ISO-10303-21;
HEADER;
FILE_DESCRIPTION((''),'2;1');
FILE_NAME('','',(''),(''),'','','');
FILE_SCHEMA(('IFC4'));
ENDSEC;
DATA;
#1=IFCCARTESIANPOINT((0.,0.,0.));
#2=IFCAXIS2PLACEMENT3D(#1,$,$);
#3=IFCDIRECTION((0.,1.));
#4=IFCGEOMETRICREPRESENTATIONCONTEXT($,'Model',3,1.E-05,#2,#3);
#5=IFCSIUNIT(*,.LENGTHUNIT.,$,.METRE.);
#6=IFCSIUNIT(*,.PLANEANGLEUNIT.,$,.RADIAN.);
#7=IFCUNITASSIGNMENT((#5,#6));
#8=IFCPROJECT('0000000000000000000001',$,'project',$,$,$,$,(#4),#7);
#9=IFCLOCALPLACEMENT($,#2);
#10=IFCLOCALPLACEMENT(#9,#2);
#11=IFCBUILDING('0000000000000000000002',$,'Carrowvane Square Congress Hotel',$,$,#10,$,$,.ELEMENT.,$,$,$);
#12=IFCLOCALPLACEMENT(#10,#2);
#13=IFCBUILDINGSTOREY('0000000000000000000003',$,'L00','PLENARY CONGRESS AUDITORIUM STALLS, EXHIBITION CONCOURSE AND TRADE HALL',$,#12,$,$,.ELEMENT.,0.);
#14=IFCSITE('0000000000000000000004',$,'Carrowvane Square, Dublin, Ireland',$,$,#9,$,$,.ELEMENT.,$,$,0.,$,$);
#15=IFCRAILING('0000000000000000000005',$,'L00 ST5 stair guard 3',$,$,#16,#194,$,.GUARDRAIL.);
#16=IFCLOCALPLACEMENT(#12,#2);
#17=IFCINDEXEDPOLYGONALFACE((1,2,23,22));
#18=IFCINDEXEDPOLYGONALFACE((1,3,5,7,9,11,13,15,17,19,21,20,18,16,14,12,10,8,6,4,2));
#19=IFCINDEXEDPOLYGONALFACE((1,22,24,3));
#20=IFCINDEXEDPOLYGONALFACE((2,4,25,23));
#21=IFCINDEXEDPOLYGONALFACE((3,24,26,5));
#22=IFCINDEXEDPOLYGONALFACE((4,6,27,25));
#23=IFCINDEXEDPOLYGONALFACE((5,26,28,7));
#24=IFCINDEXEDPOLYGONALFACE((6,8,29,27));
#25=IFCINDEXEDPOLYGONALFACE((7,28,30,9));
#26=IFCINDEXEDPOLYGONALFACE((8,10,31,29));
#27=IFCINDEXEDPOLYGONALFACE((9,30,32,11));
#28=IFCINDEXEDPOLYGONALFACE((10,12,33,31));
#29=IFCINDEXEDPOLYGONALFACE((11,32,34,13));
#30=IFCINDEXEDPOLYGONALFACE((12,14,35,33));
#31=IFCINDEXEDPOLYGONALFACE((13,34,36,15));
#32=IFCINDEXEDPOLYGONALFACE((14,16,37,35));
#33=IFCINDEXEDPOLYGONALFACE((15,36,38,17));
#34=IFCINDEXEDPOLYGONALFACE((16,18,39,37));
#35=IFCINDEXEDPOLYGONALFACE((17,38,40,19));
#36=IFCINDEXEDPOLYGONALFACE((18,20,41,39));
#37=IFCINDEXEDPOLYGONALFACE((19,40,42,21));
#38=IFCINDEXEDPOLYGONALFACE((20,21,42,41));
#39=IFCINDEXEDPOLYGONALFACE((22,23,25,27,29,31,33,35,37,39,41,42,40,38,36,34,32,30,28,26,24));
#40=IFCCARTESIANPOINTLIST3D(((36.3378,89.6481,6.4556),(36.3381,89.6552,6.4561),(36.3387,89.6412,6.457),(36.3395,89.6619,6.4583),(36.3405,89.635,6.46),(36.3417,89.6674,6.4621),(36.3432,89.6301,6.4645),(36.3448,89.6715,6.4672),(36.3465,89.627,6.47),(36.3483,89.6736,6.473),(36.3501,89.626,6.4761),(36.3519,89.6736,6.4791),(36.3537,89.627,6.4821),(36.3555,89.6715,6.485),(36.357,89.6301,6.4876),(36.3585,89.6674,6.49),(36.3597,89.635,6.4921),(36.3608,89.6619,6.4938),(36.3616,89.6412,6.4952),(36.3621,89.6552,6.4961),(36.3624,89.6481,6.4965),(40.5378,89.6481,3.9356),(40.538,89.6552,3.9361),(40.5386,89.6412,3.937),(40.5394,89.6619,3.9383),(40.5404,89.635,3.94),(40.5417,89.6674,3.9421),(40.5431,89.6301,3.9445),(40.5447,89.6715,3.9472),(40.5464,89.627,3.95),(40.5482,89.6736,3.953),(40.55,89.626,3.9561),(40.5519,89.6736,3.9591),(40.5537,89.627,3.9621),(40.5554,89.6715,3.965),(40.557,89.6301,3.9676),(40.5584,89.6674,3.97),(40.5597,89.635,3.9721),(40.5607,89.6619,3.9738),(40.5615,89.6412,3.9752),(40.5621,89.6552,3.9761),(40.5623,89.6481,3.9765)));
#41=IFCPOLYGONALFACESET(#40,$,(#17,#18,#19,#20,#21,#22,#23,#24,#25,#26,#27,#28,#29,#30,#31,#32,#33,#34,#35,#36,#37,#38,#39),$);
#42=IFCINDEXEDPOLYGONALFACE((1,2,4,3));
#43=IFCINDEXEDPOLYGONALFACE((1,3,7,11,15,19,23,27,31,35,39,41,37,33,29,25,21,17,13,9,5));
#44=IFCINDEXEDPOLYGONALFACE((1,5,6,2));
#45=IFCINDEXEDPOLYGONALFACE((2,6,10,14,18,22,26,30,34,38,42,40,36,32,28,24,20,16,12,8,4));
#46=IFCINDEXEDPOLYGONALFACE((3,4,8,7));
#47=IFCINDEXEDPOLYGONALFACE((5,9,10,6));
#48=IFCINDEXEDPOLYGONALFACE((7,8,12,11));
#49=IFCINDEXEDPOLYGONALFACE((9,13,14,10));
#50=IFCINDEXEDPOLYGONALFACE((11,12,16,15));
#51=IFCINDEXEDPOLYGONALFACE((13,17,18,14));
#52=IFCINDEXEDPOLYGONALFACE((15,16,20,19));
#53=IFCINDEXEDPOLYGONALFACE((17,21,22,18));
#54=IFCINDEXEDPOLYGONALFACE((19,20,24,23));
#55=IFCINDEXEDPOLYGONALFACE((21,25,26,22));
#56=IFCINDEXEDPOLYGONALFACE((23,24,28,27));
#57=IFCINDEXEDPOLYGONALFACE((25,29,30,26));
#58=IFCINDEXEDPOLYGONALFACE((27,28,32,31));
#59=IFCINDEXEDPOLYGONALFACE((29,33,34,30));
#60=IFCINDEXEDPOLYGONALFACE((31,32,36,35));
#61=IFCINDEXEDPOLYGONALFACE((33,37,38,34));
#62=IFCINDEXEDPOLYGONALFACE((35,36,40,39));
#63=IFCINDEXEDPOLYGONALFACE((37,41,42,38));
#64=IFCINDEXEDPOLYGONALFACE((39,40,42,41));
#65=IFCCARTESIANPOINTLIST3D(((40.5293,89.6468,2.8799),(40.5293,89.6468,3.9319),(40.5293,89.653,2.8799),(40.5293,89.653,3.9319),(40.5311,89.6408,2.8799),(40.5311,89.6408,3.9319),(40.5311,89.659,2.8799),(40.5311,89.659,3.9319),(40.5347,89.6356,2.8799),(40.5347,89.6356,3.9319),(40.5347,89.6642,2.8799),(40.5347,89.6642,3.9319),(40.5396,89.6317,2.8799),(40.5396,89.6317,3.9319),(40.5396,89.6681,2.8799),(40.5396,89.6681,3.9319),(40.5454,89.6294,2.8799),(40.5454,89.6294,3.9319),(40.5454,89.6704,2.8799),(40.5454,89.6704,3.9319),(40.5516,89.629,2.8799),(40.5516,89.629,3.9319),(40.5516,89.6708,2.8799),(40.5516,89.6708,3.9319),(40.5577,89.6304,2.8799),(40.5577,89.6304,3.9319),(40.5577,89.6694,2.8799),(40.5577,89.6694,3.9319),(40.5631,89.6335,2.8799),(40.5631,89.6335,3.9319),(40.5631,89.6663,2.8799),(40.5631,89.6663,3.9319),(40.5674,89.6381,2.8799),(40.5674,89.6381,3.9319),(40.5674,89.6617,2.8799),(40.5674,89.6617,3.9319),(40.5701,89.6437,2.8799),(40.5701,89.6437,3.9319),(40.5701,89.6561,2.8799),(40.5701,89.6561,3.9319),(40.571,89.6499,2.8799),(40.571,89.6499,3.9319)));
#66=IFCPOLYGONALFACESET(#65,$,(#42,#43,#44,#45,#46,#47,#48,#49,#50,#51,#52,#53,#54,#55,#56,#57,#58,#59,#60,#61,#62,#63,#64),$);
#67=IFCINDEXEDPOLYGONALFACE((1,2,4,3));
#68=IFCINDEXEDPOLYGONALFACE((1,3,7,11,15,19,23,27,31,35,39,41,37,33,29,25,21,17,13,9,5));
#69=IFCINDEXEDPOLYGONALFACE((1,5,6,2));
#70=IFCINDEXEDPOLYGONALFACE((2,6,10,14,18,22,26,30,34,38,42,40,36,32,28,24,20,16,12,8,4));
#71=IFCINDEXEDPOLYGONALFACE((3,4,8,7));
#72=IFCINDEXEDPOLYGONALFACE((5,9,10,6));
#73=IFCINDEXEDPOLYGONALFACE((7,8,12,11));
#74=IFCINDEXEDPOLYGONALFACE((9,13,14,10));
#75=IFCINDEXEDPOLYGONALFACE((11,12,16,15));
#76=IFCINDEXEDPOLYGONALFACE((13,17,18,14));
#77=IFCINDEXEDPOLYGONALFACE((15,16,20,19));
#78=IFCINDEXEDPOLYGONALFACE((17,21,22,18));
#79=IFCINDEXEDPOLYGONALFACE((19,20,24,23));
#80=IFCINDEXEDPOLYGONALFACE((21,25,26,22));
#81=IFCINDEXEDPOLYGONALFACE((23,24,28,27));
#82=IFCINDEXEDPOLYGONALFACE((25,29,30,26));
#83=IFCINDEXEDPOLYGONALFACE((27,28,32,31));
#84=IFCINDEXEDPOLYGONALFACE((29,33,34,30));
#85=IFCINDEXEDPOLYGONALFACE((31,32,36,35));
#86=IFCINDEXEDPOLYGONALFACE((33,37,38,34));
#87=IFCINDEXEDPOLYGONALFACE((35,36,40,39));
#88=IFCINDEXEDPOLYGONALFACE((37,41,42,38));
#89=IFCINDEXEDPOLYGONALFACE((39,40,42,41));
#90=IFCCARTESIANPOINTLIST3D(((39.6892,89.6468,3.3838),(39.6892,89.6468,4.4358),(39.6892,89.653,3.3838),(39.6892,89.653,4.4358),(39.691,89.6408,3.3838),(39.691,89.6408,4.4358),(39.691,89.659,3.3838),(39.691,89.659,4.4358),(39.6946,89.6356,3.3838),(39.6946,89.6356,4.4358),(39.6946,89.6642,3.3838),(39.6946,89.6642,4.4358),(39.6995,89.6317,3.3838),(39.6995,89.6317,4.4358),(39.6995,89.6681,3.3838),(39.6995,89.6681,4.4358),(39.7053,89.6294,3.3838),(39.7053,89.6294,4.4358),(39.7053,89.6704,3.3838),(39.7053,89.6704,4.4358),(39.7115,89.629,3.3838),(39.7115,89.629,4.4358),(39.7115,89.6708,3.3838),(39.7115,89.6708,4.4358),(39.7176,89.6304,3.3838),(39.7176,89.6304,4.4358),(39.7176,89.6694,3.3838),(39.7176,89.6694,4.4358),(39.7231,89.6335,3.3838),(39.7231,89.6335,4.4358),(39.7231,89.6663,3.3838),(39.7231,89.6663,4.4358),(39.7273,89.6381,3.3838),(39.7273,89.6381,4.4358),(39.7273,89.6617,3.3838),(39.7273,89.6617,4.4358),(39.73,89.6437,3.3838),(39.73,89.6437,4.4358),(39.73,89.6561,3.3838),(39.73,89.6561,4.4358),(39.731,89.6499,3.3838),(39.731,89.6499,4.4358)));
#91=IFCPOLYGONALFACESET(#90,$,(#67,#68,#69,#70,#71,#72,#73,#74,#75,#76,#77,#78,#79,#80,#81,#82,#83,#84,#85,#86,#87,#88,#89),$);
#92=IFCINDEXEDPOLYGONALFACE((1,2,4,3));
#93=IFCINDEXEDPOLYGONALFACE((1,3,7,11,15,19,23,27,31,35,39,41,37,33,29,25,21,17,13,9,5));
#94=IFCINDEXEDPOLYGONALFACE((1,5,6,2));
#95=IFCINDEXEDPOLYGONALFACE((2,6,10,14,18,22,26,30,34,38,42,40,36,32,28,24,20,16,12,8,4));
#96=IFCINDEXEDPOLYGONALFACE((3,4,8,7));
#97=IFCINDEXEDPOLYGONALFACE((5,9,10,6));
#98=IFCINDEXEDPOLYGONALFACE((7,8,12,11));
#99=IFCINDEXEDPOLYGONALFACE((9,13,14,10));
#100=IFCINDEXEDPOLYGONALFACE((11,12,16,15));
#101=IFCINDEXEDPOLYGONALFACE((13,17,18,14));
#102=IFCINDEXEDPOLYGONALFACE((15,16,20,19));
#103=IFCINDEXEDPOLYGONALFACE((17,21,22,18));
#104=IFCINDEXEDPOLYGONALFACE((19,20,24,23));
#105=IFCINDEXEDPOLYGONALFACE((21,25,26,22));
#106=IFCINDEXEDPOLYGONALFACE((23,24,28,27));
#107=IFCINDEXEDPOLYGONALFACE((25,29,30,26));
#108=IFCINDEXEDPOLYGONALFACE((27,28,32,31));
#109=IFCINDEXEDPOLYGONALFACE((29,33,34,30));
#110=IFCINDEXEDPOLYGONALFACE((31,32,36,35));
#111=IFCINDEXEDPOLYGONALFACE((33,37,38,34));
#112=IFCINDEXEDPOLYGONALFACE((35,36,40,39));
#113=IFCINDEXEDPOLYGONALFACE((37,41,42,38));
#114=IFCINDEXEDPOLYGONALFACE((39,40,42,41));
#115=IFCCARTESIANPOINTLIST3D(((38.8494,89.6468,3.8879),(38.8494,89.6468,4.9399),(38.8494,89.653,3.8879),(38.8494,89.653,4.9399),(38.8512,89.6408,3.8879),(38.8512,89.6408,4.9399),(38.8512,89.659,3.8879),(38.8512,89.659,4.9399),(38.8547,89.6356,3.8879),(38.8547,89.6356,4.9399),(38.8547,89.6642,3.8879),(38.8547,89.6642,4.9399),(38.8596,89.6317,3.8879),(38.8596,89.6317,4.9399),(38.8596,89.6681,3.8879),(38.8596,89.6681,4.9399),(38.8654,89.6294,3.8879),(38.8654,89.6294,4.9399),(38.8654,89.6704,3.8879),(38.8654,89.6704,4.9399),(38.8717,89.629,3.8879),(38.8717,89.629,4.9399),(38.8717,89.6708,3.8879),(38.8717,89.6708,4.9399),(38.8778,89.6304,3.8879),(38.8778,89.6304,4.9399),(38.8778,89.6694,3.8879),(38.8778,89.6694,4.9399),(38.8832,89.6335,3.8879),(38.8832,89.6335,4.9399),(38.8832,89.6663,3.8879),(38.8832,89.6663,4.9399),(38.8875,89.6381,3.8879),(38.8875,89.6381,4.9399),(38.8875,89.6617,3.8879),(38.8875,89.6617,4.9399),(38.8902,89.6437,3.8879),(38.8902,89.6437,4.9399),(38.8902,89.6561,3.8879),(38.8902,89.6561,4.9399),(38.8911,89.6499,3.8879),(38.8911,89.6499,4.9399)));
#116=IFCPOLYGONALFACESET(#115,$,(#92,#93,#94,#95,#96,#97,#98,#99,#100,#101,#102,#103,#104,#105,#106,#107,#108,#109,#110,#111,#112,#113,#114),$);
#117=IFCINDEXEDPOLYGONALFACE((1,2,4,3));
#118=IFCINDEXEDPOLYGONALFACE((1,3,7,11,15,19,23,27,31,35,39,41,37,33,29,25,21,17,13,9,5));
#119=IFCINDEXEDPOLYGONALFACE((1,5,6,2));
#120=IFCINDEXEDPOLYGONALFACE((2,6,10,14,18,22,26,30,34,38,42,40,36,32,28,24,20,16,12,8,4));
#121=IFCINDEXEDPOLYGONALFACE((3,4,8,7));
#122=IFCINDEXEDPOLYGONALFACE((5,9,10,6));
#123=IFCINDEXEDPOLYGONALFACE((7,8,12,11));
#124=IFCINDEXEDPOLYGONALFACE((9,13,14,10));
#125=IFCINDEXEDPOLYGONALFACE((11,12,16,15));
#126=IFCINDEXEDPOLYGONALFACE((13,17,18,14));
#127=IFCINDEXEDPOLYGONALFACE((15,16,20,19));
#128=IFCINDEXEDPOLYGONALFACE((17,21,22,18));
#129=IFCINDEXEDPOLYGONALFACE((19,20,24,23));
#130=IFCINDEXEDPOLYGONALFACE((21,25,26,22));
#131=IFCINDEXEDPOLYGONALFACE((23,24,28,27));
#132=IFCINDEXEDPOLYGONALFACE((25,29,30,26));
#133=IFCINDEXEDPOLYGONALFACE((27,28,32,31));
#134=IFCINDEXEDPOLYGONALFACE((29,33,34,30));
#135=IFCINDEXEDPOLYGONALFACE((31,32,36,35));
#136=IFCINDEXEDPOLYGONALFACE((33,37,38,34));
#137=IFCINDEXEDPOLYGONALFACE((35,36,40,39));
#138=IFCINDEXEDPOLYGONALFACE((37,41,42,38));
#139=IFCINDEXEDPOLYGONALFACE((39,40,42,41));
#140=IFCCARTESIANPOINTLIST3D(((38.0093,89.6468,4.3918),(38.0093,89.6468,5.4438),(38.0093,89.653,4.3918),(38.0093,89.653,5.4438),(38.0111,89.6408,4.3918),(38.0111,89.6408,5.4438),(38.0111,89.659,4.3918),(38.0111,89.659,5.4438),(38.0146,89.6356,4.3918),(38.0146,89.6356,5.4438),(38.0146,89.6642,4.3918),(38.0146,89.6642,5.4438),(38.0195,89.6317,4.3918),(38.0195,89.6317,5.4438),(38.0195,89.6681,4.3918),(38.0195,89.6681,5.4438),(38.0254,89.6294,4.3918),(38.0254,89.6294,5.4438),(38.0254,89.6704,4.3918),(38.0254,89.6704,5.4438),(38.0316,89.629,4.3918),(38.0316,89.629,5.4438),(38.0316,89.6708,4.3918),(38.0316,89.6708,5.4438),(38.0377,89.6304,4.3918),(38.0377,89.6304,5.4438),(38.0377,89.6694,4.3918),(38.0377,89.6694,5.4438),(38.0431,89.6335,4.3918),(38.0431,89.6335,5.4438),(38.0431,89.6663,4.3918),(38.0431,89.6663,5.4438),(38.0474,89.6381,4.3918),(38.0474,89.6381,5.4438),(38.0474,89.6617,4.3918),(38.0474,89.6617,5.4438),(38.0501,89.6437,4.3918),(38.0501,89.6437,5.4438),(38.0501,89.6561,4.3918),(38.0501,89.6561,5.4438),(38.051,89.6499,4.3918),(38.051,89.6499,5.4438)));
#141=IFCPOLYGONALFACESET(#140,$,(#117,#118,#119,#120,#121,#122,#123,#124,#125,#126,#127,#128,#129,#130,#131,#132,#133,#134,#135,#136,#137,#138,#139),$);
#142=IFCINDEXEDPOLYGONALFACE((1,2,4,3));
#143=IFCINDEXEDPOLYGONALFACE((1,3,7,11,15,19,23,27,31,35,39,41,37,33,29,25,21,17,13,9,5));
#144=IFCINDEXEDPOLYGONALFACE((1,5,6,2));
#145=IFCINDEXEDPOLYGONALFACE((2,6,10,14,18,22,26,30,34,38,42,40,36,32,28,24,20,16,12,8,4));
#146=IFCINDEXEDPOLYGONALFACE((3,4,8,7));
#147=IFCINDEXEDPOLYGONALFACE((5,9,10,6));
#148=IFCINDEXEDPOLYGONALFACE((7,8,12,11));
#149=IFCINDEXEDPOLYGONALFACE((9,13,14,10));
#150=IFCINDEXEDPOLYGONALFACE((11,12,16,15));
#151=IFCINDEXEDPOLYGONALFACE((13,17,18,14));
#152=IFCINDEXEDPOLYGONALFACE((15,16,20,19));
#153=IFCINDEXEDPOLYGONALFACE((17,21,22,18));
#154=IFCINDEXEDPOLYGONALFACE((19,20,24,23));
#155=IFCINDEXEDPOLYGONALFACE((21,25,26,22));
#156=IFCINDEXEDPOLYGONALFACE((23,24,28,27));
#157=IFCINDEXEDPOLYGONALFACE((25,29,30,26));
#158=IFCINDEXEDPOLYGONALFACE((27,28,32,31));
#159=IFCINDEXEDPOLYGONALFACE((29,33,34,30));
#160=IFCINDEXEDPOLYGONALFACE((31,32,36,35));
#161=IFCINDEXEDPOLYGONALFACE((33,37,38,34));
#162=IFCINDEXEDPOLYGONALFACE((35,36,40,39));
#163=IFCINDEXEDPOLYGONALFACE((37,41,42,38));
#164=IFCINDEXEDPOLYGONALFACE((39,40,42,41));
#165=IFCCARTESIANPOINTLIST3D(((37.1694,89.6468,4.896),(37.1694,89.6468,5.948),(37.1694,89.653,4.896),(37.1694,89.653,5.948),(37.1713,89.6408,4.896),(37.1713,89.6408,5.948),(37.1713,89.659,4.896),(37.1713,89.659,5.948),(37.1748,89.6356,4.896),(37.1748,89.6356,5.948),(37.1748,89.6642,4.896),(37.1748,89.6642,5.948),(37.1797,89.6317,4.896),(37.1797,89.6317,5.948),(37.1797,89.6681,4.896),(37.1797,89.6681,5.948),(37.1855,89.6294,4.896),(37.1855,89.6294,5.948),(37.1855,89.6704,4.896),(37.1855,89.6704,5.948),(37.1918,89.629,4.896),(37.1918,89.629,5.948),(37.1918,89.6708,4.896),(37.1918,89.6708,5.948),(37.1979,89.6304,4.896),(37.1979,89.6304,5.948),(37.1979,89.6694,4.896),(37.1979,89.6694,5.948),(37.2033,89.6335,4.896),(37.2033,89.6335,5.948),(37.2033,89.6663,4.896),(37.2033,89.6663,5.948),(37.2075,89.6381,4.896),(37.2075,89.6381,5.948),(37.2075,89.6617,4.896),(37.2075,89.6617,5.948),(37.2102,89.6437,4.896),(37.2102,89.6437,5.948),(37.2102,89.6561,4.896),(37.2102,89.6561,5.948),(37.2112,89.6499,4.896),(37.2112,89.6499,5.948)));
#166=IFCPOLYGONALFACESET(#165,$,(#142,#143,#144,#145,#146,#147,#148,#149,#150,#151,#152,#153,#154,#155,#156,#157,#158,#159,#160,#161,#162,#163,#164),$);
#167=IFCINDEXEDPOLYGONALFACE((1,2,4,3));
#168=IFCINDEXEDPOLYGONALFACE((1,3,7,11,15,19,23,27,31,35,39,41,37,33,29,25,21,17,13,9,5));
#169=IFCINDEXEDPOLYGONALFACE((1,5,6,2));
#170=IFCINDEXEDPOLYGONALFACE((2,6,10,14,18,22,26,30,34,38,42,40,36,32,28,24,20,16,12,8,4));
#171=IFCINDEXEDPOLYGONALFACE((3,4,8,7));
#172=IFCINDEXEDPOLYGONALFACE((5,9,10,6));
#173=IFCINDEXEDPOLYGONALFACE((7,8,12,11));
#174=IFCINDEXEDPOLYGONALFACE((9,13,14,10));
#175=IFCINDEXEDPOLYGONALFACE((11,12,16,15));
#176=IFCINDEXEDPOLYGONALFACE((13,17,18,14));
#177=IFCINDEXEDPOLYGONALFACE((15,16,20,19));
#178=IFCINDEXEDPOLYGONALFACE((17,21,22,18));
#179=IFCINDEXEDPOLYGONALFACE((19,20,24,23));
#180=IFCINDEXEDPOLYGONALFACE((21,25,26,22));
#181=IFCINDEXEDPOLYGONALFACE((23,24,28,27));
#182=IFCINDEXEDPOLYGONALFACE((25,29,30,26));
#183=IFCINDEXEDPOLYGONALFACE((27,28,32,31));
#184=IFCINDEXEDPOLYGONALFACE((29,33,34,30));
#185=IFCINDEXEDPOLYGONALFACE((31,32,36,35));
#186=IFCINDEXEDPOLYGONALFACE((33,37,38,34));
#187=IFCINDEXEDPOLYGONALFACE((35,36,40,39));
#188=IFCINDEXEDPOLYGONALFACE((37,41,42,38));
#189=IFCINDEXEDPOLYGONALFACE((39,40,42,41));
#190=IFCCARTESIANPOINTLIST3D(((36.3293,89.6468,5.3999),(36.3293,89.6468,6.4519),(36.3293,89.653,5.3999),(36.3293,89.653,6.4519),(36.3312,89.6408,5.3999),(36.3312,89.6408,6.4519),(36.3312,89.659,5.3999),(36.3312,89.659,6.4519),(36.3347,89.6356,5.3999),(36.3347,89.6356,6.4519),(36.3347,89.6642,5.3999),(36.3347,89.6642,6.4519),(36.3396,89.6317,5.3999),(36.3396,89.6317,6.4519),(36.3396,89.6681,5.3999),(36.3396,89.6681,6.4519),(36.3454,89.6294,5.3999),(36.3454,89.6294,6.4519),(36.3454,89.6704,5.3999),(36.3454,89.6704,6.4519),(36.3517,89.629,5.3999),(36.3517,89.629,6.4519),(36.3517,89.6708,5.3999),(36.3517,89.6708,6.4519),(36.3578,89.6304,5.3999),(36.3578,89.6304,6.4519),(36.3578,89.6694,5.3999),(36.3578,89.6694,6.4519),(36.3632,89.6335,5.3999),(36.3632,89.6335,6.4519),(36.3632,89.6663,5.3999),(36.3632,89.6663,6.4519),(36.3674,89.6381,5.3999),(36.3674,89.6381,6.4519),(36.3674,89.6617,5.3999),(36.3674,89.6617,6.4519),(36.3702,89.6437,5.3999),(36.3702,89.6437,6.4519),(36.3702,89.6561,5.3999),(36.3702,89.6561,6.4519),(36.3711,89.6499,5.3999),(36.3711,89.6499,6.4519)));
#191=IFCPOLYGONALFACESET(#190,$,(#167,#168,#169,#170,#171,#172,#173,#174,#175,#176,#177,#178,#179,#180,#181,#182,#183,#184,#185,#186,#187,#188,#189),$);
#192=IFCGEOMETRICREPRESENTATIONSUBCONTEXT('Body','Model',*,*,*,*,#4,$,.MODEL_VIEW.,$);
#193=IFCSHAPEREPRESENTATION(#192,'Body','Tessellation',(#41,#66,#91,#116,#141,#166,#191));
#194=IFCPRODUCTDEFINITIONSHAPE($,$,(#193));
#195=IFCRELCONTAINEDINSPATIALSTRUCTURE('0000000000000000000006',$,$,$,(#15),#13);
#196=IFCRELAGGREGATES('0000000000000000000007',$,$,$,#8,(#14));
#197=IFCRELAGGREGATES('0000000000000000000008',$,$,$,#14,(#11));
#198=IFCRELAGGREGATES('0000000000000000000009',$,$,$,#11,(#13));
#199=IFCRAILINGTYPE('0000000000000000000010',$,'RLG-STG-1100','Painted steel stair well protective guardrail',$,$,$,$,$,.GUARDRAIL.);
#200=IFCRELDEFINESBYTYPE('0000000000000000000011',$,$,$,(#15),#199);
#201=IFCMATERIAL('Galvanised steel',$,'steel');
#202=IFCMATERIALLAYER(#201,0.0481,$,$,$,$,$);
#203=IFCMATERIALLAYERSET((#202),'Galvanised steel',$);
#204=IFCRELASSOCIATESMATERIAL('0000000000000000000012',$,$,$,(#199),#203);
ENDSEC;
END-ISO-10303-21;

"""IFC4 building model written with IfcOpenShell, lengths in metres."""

from ifc_helpers import new_model, si_unit, direction, frame, origin, origin_2d, place, context, subcontext, project, spatial, circle, extrude, material, layer, layer_set, type_object, element, save


model = new_model("IFC4")

# Units and contexts
model_context = context("Model", 3, precision=1e-05, world=origin(), true_north=direction((0.0, 1.0)))
body_context = subcontext(model_context, "Body", "Model", "MODEL_VIEW")
ifc_project = project(units=[si_unit("LENGTHUNIT", "METRE"), si_unit("PLANEANGLEUNIT", "RADIAN")], contexts=[model_context])

# Site, building, storey
site_placement = place(None, origin())
site = spatial("IfcSite", under=ifc_project, at=site_placement, Name="Carrowvane Square, Dublin, Ireland", CompositionType="ELEMENT", RefElevation=0.0)
building_placement = place(site_placement, origin())
building = spatial("IfcBuilding", under=site, at=building_placement, Name="Carrowvane Square Congress Hotel", CompositionType="ELEMENT")
storey_placement = place(building_placement, origin())
storey = spatial("IfcBuildingStorey", under=building, at=storey_placement, Name="L00", Description="PLENARY CONGRESS AUDITORIUM STALLS, EXHIBITION CONCOURSE AND TRADE HALL", CompositionType="ELEMENT", Elevation=0.0)

# Railing
ifc_material_1 = material(Name="Galvanised steel", Category="steel")
ifc_layer_1 = layer(ifc_material_1, 0.0481)
ifc_layer_set_1 = layer_set([ifc_layer_1], Name="Galvanised steel")
railing_type_1 = type_object("IfcRailingType", Name="RLG-STG-1100", Description="Painted steel stair well protective guardrail", PredefinedType="GUARDRAIL", material=ifc_layer_set_1)
railing_1_placement = place(storey_placement, frame((40.55, 89.6499, 2.8799)))
element("IfcRailing", 1, at=railing_1_placement, inside=storey, type_object=railing_type_1, Name="L00 ST5 stair guard 3", PredefinedType="GUARDRAIL", context=body_context, shape_type="SweptSolid", body=[
    extrude(circle(Radius=0.0239, at=origin_2d()), frame((0.0, 0.0, 1.0762), z_axis=(-0.857489, 0.0, 0.514503), x_axis=(0.0, -1.0, 0.0)), (0.0, 0.0, 1.0), 4.8979),
    extrude(circle(Radius=0.021, at=origin_2d()), origin(), (0.0, 0.0, 1.0), 1.052),
    extrude(circle(Radius=0.021, at=origin_2d()), frame((-0.8401, 0.0, 0.5039)), (0.0, 0.0, 1.0), 1.052),
    extrude(circle(Radius=0.021, at=origin_2d()), frame((-1.6799, 0.0, 1.0081)), (0.0, 0.0, 1.0), 1.052),
    extrude(circle(Radius=0.021, at=origin_2d()), frame((-2.52, 0.0, 1.512)), (0.0, 0.0, 1.0), 1.052),
    extrude(circle(Radius=0.021, at=origin_2d()), frame((-3.3599, 0.0, 2.0161)), (0.0, 0.0, 1.0), 1.052),
    extrude(circle(Radius=0.021, at=origin_2d()), frame((-4.2, 0.0, 2.52)), (0.0, 0.0, 1.0), 1.052),
])

save(model, "model.ifc")
